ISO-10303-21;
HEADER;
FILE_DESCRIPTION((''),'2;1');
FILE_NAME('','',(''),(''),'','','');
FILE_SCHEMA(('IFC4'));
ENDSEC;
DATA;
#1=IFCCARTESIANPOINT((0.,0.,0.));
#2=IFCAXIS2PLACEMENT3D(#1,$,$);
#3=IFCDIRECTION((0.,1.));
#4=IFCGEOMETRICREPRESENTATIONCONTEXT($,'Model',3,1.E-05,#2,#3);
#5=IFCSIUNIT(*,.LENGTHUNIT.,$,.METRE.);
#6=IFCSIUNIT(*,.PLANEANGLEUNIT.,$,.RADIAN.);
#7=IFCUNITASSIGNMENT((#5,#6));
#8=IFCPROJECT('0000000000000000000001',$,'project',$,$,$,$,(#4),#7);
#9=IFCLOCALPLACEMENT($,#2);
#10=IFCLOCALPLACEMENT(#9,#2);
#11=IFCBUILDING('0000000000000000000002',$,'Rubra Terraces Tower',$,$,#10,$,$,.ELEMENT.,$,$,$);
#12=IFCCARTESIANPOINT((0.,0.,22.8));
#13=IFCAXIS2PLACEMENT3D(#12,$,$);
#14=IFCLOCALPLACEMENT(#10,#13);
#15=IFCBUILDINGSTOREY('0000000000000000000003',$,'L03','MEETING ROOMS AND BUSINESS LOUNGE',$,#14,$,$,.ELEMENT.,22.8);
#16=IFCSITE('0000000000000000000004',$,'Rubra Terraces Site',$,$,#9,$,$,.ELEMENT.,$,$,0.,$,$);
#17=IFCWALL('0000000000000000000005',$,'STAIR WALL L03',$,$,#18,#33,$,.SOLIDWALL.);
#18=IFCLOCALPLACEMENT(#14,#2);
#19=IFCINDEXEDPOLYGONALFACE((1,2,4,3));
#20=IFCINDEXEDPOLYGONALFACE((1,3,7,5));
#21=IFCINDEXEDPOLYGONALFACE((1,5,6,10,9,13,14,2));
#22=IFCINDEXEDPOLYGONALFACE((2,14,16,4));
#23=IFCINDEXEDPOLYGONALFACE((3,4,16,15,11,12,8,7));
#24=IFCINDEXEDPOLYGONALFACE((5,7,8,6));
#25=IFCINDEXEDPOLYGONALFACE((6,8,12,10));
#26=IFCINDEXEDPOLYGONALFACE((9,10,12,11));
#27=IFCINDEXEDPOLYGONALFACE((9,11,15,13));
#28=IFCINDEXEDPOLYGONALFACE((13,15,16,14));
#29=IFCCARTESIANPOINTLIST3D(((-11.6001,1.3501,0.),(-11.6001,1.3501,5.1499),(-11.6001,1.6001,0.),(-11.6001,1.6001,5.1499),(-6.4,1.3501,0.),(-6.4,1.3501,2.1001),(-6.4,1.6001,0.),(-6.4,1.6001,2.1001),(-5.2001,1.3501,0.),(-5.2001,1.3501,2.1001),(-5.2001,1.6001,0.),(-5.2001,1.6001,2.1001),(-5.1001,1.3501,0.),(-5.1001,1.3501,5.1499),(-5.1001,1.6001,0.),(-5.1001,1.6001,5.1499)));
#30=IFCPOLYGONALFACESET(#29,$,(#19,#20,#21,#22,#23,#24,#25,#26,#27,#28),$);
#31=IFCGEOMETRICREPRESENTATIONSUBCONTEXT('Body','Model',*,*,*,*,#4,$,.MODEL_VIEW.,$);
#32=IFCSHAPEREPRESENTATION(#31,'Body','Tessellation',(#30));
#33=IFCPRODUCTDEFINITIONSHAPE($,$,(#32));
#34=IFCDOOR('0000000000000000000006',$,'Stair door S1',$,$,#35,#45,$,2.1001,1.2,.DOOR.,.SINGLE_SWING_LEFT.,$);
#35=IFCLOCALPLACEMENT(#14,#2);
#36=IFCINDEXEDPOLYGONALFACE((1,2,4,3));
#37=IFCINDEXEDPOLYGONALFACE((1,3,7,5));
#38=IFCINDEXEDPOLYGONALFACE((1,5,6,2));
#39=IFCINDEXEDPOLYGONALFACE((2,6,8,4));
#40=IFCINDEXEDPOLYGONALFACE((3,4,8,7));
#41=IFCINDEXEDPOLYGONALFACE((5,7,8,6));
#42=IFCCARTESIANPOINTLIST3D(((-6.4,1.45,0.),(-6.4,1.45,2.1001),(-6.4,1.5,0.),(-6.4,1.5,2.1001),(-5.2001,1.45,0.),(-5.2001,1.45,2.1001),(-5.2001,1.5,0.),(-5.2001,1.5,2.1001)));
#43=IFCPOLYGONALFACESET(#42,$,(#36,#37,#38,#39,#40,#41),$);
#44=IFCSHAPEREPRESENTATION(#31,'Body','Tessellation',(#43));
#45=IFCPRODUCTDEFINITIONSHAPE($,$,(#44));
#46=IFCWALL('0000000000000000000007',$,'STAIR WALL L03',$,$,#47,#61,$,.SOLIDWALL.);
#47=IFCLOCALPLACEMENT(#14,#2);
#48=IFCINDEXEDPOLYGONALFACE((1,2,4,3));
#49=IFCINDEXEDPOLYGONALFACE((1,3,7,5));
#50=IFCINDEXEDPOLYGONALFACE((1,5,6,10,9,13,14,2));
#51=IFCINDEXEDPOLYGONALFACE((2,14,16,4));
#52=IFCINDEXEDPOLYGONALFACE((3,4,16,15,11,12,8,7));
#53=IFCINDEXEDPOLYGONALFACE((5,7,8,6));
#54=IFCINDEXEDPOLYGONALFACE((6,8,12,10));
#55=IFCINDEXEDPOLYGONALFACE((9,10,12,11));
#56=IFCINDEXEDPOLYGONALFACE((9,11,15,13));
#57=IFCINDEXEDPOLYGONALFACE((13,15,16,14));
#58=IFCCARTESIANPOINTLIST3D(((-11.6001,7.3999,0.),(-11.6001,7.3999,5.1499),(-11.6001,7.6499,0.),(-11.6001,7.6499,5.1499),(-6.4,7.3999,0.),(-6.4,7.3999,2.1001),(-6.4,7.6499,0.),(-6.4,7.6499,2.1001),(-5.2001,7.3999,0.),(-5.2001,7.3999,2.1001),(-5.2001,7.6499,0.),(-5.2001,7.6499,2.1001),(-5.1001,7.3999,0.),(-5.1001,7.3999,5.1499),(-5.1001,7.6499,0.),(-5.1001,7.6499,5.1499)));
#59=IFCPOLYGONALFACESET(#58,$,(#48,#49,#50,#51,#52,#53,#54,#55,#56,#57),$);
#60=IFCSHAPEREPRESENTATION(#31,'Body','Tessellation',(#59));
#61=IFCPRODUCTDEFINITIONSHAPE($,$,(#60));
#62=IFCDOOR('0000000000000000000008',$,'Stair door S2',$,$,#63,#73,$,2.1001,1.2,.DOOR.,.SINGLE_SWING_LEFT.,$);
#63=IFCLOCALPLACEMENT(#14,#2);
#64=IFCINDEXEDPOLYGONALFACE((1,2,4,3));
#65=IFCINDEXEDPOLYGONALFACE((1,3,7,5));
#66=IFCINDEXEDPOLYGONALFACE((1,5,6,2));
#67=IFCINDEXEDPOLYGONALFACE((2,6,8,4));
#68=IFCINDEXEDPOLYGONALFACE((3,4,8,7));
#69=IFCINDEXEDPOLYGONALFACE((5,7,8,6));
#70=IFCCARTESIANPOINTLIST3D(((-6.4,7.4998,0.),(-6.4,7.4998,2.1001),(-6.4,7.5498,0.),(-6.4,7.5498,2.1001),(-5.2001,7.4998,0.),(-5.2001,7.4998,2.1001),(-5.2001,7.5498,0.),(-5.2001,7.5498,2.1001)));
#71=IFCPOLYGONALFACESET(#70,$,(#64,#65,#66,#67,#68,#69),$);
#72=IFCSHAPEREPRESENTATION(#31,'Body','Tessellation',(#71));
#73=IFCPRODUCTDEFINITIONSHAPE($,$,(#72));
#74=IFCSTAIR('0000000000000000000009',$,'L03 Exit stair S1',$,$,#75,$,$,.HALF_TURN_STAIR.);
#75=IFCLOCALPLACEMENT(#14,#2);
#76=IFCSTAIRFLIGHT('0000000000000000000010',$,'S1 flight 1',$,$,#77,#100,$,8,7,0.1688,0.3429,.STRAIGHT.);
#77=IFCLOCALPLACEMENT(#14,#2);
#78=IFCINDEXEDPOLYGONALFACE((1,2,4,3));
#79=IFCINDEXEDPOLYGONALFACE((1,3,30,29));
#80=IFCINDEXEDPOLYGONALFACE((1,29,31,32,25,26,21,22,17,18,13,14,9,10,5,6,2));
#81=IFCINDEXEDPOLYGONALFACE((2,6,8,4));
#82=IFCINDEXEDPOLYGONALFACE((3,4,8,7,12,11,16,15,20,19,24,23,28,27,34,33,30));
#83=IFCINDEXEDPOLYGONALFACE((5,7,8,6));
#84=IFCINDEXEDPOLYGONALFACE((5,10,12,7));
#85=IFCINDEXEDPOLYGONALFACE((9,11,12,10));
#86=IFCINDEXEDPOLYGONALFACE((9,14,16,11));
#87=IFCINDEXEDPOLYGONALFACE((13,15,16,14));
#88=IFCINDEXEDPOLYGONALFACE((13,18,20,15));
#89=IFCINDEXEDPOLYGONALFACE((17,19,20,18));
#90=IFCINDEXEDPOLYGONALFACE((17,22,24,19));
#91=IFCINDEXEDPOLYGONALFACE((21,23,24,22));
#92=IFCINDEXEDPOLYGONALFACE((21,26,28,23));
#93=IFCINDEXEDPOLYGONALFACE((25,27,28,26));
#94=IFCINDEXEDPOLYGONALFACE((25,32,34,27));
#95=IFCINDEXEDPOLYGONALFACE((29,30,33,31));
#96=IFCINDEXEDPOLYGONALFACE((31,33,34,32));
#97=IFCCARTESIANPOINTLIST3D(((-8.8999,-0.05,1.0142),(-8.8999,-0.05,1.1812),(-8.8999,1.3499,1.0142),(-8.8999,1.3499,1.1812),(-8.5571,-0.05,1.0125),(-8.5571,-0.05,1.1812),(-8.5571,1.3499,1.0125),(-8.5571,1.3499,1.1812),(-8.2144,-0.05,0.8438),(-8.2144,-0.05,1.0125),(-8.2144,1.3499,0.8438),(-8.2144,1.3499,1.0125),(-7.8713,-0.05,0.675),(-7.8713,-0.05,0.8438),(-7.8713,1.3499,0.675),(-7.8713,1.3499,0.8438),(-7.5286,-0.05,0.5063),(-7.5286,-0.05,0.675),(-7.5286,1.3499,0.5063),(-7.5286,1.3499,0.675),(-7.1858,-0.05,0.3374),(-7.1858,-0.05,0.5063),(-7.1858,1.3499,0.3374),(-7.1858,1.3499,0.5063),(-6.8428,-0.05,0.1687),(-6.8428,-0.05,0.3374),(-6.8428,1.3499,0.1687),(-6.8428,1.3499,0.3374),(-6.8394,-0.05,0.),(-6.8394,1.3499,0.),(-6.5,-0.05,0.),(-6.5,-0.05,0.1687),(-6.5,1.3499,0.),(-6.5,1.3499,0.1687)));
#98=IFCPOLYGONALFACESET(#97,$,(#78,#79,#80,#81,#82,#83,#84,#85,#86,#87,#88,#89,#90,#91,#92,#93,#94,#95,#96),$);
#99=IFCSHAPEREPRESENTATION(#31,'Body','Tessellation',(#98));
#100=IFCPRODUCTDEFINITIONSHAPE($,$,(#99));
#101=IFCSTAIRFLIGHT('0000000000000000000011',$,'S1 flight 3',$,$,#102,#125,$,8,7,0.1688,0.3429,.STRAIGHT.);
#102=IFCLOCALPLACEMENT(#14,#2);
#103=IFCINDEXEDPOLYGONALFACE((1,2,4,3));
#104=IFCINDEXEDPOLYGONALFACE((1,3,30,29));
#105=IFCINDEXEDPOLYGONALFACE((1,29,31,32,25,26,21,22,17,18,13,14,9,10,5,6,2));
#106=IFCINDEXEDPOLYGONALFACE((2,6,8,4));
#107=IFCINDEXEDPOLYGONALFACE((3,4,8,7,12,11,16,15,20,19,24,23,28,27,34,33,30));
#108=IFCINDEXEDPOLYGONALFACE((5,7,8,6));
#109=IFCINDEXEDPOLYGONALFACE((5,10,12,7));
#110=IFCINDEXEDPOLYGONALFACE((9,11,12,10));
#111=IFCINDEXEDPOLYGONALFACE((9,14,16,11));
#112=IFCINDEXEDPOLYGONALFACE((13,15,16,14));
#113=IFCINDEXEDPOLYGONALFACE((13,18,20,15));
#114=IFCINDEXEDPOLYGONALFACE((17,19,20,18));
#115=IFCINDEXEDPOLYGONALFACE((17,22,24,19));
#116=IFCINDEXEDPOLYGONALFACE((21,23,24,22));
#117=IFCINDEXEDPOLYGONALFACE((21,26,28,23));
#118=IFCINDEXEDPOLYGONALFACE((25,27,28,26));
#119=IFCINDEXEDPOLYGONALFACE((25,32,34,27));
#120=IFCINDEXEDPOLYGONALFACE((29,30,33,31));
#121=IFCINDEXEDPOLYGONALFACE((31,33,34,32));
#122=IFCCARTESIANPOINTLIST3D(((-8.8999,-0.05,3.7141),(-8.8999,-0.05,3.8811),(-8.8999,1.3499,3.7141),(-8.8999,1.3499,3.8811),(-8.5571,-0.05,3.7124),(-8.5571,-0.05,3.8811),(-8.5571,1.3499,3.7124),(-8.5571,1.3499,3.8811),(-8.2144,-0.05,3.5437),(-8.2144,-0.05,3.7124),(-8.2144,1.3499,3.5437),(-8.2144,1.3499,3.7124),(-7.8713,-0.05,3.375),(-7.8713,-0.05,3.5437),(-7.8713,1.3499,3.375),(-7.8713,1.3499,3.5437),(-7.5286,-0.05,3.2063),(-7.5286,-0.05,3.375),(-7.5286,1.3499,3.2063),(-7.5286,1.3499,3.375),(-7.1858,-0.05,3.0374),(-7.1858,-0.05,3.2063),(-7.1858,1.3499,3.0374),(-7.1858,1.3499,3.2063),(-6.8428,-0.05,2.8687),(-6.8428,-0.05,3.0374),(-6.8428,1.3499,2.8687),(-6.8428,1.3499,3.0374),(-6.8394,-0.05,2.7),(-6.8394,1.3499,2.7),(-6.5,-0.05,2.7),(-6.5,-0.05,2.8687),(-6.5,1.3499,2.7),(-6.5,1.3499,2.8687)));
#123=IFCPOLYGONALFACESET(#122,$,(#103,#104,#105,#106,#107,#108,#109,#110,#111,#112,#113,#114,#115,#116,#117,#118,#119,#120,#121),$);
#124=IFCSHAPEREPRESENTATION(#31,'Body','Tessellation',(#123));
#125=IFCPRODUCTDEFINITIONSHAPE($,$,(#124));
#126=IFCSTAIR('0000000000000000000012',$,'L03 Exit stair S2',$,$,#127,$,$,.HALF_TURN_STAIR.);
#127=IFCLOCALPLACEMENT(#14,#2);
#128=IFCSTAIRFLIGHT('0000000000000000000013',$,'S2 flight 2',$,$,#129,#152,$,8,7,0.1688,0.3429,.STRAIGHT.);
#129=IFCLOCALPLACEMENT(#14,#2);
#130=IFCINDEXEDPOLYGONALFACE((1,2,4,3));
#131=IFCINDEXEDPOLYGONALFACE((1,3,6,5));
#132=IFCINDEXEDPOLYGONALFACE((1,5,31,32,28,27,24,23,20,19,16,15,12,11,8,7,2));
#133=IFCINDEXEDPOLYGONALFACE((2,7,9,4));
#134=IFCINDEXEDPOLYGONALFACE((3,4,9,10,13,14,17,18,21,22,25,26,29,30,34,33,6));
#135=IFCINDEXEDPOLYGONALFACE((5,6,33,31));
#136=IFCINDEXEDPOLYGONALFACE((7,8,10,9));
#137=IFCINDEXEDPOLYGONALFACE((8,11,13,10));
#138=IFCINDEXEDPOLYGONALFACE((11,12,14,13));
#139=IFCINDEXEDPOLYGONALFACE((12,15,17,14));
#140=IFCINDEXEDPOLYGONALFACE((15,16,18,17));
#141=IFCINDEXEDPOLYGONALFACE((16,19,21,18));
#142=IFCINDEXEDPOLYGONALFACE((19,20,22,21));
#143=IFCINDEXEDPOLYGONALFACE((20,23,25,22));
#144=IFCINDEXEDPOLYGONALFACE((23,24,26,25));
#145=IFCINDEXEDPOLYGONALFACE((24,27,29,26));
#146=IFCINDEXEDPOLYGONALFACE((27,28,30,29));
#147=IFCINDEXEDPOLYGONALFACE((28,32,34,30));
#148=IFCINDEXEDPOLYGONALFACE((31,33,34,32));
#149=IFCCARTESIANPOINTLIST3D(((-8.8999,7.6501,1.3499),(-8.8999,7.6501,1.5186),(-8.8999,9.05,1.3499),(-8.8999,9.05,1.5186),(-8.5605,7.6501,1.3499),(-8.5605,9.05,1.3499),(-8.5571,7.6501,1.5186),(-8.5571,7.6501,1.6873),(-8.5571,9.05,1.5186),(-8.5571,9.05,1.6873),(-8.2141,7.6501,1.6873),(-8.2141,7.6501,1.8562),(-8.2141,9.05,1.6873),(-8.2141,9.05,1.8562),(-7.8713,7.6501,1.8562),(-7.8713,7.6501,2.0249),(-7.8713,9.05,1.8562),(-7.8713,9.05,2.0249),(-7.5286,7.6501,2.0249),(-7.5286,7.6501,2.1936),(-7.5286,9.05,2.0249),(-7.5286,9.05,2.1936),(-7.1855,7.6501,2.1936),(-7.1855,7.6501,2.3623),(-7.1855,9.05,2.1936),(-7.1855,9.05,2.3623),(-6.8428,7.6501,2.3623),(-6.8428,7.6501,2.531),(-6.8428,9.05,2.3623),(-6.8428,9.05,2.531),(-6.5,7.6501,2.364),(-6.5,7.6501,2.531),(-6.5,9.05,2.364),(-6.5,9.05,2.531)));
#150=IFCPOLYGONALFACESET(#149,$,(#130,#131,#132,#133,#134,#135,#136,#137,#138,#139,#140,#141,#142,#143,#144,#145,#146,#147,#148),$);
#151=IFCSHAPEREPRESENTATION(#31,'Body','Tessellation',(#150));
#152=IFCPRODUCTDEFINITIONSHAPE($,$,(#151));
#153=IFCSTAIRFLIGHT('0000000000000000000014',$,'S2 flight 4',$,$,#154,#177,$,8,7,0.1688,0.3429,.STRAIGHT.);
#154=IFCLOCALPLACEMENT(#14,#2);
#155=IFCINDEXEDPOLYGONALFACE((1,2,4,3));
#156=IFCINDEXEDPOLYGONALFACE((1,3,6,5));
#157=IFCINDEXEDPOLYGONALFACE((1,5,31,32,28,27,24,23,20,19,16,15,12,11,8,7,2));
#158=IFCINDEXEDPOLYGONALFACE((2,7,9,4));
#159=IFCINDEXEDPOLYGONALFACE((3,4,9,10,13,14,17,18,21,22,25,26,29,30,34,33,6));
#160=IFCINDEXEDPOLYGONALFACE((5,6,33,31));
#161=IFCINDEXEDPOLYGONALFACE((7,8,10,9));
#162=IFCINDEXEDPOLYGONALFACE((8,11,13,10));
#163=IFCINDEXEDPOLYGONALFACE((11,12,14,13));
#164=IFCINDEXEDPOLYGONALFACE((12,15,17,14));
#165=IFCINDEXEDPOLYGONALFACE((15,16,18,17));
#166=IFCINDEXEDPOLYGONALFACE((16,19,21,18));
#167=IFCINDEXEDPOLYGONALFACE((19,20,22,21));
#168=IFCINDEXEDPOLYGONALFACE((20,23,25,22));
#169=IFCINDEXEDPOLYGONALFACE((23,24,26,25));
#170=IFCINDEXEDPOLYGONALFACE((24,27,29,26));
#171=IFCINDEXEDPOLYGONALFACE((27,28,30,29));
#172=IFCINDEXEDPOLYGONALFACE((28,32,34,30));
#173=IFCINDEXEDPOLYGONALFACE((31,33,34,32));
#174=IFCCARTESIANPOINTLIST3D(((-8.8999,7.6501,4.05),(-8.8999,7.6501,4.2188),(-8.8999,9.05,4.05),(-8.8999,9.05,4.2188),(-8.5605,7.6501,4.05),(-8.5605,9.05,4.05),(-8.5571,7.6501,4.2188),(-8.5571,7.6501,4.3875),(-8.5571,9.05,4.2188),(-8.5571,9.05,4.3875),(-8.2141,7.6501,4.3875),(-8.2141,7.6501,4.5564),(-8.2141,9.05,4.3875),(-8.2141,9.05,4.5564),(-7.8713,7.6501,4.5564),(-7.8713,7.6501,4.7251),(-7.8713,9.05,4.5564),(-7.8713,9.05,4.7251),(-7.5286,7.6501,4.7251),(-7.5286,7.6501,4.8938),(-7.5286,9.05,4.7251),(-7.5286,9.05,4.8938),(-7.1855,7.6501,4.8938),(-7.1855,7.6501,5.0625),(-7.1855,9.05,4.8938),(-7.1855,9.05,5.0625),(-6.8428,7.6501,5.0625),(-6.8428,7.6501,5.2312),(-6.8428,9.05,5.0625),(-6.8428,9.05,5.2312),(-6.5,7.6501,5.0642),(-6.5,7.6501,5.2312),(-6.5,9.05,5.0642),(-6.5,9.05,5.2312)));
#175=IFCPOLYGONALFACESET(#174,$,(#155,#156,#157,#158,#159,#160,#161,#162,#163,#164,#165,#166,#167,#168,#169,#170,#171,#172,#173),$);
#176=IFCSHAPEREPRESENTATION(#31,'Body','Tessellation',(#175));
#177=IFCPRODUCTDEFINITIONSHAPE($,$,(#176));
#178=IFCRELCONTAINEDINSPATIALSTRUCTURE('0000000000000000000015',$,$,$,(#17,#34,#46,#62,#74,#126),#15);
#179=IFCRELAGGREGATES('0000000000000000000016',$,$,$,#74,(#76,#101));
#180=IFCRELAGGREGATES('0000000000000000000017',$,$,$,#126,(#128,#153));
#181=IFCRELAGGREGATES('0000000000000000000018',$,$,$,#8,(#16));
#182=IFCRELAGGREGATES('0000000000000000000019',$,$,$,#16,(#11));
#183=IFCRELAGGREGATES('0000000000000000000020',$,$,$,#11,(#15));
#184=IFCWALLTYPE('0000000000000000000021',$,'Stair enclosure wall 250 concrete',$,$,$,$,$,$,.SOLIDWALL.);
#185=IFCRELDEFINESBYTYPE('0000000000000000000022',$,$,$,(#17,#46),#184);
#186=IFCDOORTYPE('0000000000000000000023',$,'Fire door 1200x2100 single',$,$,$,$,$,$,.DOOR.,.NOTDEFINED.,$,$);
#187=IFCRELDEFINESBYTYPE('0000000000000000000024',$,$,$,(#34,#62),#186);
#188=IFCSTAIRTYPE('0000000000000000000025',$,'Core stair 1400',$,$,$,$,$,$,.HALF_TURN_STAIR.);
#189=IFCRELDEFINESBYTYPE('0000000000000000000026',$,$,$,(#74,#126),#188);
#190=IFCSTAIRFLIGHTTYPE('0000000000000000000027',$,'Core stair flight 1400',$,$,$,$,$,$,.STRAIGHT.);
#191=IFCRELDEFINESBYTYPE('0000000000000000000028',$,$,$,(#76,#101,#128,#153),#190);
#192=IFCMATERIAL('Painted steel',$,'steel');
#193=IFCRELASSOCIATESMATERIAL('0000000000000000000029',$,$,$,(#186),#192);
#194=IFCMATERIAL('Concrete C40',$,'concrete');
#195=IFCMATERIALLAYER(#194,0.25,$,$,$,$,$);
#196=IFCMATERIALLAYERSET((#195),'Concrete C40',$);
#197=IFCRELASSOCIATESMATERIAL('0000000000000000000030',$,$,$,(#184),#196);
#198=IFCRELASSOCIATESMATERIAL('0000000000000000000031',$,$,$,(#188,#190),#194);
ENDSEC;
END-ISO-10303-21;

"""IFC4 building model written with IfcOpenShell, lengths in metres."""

from ifc_helpers import new_model, si_unit, direction, frame, frame_2d, origin, place, context, subcontext, project, spatial, polyline, rectangle, outline, extrude, material, layer, layer_set, type_object, element, fill, aggregate, save


model = new_model("IFC4")

# Units and contexts
model_context = context("Model", 3, precision=1e-05, world=origin(), true_north=direction((0.0, 1.0)))
body_context = subcontext(model_context, "Body", "Model", "MODEL_VIEW")
ifc_project = project(units=[si_unit("LENGTHUNIT", "METRE"), si_unit("PLANEANGLEUNIT", "RADIAN")], contexts=[model_context])

# Site, building, storey
site_placement = place(None, origin())
site = spatial("IfcSite", under=ifc_project, at=site_placement, Name="Rubra Terraces Site", CompositionType="ELEMENT", RefElevation=0.0)
building_placement = place(site_placement, origin())
building = spatial("IfcBuilding", under=site, at=building_placement, Name="Rubra Terraces Tower", CompositionType="ELEMENT")
storey_placement = place(building_placement, frame((0.0, 0.0, 22.8)))
storey = spatial("IfcBuildingStorey", under=building, at=storey_placement, Name="L03", Description="MEETING ROOMS AND BUSINESS LOUNGE", CompositionType="ELEMENT", Elevation=22.8)

# Shared definitions
ifc_material_1 = material(Name="Painted steel", Category="steel")
door_type_1 = type_object("IfcDoorType", Name="Fire door 1200x2100 single", OperationType="NOTDEFINED", PredefinedType="DOOR", material=ifc_material_1)

# Walls, openings, doors
ifc_material_2 = material(Name="Concrete C40", Category="concrete")
ifc_layer_1 = layer(ifc_material_2, 0.25)
ifc_layer_set_1 = layer_set([ifc_layer_1], Name="Concrete C40")
wall_type_1 = type_object("IfcWallType", Name="Stair enclosure wall 250 concrete", PredefinedType="SOLIDWALL", material=ifc_layer_set_1)
wall_1_placement = place(storey_placement, frame((-11.6001, 1.4751, 0.0), z_axis=(0.0, 0.0, 1.0), x_axis=(1.0, 0.0, 0.0)))
wall_1 = element("IfcWall", 1, at=wall_1_placement, inside=storey, type_object=wall_type_1, Name="STAIR WALL L03", PredefinedType="SOLIDWALL", context=body_context, shape_type="SweptSolid", body=[
    extrude(rectangle(XDim=6.5, YDim=0.25, at=frame_2d((3.25, 0.0))), origin(), (0.0, 0.0, 1.0), 5.1499),
])
opening_1_placement = place(wall_1_placement, frame((5.2, 0.0, 0.0)))
opening_1 = element("IfcOpeningElement", 2, at=opening_1_placement, cuts=wall_1, PredefinedType="OPENING", context=body_context, shape_type="SweptSolid", body=[
    extrude(rectangle(XDim=1.2, YDim=2.1001, at=frame_2d((0.6001, 1.05))), frame((0.0, 0.135, 0.0), z_axis=(0.0, -1.0, 0.0), x_axis=(1.0, 0.0, 0.0)), (0.0, 0.0, 1.0), 0.27),
])
door_1_placement = place(opening_1_placement, origin())
door_1 = element("IfcDoor", 3, at=door_1_placement, inside=storey, type_object=door_type_1, Name="Stair door S1", OperationType="SINGLE_SWING_LEFT", OverallHeight=2.1001, OverallWidth=1.2, PredefinedType="DOOR", context=body_context, shape_type="SweptSolid", body=[
    extrude(rectangle(XDim=1.2, YDim=2.1001, at=frame_2d((0.6001, 1.05))), frame((0.0, 0.0249, 0.0), z_axis=(0.0, -1.0, 0.0), x_axis=(1.0, 0.0, 0.0)), (0.0, 0.0, 1.0), 0.05),
])
fill(opening_1, door_1)
wall_2_placement = place(storey_placement, frame((-11.6001, 7.5249, 0.0), z_axis=(0.0, 0.0, 1.0), x_axis=(1.0, 0.0, 0.0)))
wall_2 = element("IfcWall", 4, at=wall_2_placement, inside=storey, type_object=wall_type_1, Name="STAIR WALL L03", PredefinedType="SOLIDWALL", context=body_context, shape_type="SweptSolid", body=[
    extrude(rectangle(XDim=6.5, YDim=0.25, at=frame_2d((3.25, 0.0))), origin(), (0.0, 0.0, 1.0), 5.1499),
])
opening_2_placement = place(wall_2_placement, frame((5.2, 0.0, 0.0)))
opening_2 = element("IfcOpeningElement", 5, at=opening_2_placement, cuts=wall_2, PredefinedType="OPENING", context=body_context, shape_type="SweptSolid", body=[
    extrude(rectangle(XDim=1.2, YDim=2.1001, at=frame_2d((0.6001, 1.05))), frame((0.0, 0.135, 0.0), z_axis=(0.0, -1.0, 0.0), x_axis=(1.0, 0.0, 0.0)), (0.0, 0.0, 1.0), 0.27),
])
door_2_placement = place(opening_2_placement, origin())
door_2 = element("IfcDoor", 6, at=door_2_placement, inside=storey, type_object=door_type_1, Name="Stair door S2", OperationType="SINGLE_SWING_LEFT", OverallHeight=2.1001, OverallWidth=1.2, PredefinedType="DOOR", context=body_context, shape_type="SweptSolid", body=[
    extrude(rectangle(XDim=1.2, YDim=2.1001, at=frame_2d((0.6001, 1.05))), frame((0.0, 0.0249, 0.0), z_axis=(0.0, -1.0, 0.0), x_axis=(1.0, 0.0, 0.0)), (0.0, 0.0, 1.0), 0.05),
])
fill(opening_2, door_2)

# Stairs, stair flights
stair_type = type_object("IfcStairType", Name="Core stair 1400", PredefinedType="HALF_TURN_STAIR", material=ifc_material_2)
stair_1_placement = place(storey_placement, origin())
stair_1 = element("IfcStair", 7, at=stair_1_placement, inside=storey, type_object=stair_type, Name="L03 Exit stair S1", PredefinedType="HALF_TURN_STAIR")
stair_flight_type = type_object("IfcStairFlightType", Name="Core stair flight 1400", PredefinedType="STRAIGHT", material=ifc_material_2)
stair_flight_1_placement = place(storey_placement, frame((-6.5, 0.6499, 0.0), z_axis=(0.0, 0.0, 1.0), x_axis=(-1.0, 0.0, 0.0)))
stair_flight_1 = element("IfcStairFlight", 8, at=stair_flight_1_placement, type_object=stair_flight_type, Name="S1 flight 1", NumberOfRisers=8, NumberOfTreads=7, PredefinedType="STRAIGHT", RiserHeight=0.1688, TreadLength=0.3429, context=body_context, shape_type="SweptSolid", body=[
    extrude(outline(polyline([(0.0, 0.0), (0.0, 0.1687), (0.3428, 0.1687), (0.3428, 0.3374), (0.6858, 0.3374), (0.6858, 0.5063), (1.0286, 0.5063), (1.0286, 0.675), (1.3713, 0.675), (1.3713, 0.8438), (1.7144, 0.8438), (1.7144, 1.0125), (2.0571, 1.0125), (2.0571, 1.1812), (2.3999, 1.1812), (2.3999, 1.3501), (2.3999, 1.0142), (0.3394, 0.0), (0.0, 0.0)])), frame((0.0, 0.7, 0.0), z_axis=(0.0, -1.0, 0.0), x_axis=(1.0, 0.0, 0.0)), (0.0, 0.0, 1.0), 1.3999),
])
stair_flight_2_placement = place(storey_placement, frame((-6.5, 0.6499, 2.7), z_axis=(0.0, 0.0, 1.0), x_axis=(-1.0, 0.0, 0.0)))
stair_flight_2 = element("IfcStairFlight", 9, at=stair_flight_2_placement, type_object=stair_flight_type, Name="S1 flight 3", NumberOfRisers=8, NumberOfTreads=7, PredefinedType="STRAIGHT", RiserHeight=0.1688, TreadLength=0.3429, context=body_context, shape_type="SweptSolid", body=[
    extrude(outline(polyline([(0.0, 0.0), (0.0, 0.1687), (0.3428, 0.1687), (0.3428, 0.3374), (0.6858, 0.3374), (0.6858, 0.5063), (1.0286, 0.5063), (1.0286, 0.675), (1.3713, 0.675), (1.3713, 0.8438), (1.7144, 0.8438), (1.7144, 1.0125), (2.0571, 1.0125), (2.0571, 1.1812), (2.3999, 1.1812), (2.3999, 1.3501), (2.3999, 1.0142), (0.3394, 0.0), (0.0, 0.0)])), frame((0.0, 0.7, 0.0), z_axis=(0.0, -1.0, 0.0), x_axis=(1.0, 0.0, 0.0)), (0.0, 0.0, 1.0), 1.3999),
])
aggregate(stair_1, [stair_flight_1, stair_flight_2])
stair_2_placement = place(storey_placement, origin())
stair_2 = element("IfcStair", 10, at=stair_2_placement, inside=storey, type_object=stair_type, Name="L03 Exit stair S2", PredefinedType="HALF_TURN_STAIR")
stair_flight_3_placement = place(storey_placement, frame((-8.8999, 8.3501, 1.3499), z_axis=(0.0, 0.0, 1.0), x_axis=(1.0, 0.0, 0.0)))
stair_flight_3 = element("IfcStairFlight", 11, at=stair_flight_3_placement, type_object=stair_flight_type, Name="S2 flight 2", NumberOfRisers=8, NumberOfTreads=7, PredefinedType="STRAIGHT", RiserHeight=0.1688, TreadLength=0.3429, context=body_context, shape_type="SweptSolid", body=[
    extrude(outline(polyline([(0.0, 0.0), (0.0, 0.1687), (0.3428, 0.1687), (0.3428, 0.3374), (0.6858, 0.3374), (0.6858, 0.5063), (1.0286, 0.5063), (1.0286, 0.675), (1.3713, 0.675), (1.3713, 0.8438), (1.7144, 0.8438), (1.7144, 1.0125), (2.0571, 1.0125), (2.0571, 1.1812), (2.3999, 1.1812), (2.3999, 1.3501), (2.3999, 1.0142), (0.3394, 0.0), (0.0, 0.0)])), frame((0.0, 0.7, 0.0), z_axis=(0.0, -1.0, 0.0), x_axis=(1.0, 0.0, 0.0)), (0.0, 0.0, 1.0), 1.3999),
])
stair_flight_4_placement = place(storey_placement, frame((-8.8999, 8.3501, 4.05), z_axis=(0.0, 0.0, 1.0), x_axis=(1.0, 0.0, 0.0)))
stair_flight_4 = element("IfcStairFlight", 12, at=stair_flight_4_placement, type_object=stair_flight_type, Name="S2 flight 4", NumberOfRisers=8, NumberOfTreads=7, PredefinedType="STRAIGHT", RiserHeight=0.1688, TreadLength=0.3429, context=body_context, shape_type="SweptSolid", body=[
    extrude(outline(polyline([(0.0, 0.0), (0.0, 0.1687), (0.3428, 0.1687), (0.3428, 0.3374), (0.6858, 0.3374), (0.6858, 0.5063), (1.0286, 0.5063), (1.0286, 0.675), (1.3713, 0.675), (1.3713, 0.8438), (1.7144, 0.8438), (1.7144, 1.0125), (2.0571, 1.0125), (2.0571, 1.1812), (2.3999, 1.1812), (2.3999, 1.3501), (2.3999, 1.0142), (0.3394, 0.0), (0.0, 0.0)])), frame((0.0, 0.7, 0.0), z_axis=(0.0, -1.0, 0.0), x_axis=(1.0, 0.0, 0.0)), (0.0, 0.0, 1.0), 1.3999),
])
aggregate(stair_2, [stair_flight_3, stair_flight_4])

save(model, "model.ifc")
